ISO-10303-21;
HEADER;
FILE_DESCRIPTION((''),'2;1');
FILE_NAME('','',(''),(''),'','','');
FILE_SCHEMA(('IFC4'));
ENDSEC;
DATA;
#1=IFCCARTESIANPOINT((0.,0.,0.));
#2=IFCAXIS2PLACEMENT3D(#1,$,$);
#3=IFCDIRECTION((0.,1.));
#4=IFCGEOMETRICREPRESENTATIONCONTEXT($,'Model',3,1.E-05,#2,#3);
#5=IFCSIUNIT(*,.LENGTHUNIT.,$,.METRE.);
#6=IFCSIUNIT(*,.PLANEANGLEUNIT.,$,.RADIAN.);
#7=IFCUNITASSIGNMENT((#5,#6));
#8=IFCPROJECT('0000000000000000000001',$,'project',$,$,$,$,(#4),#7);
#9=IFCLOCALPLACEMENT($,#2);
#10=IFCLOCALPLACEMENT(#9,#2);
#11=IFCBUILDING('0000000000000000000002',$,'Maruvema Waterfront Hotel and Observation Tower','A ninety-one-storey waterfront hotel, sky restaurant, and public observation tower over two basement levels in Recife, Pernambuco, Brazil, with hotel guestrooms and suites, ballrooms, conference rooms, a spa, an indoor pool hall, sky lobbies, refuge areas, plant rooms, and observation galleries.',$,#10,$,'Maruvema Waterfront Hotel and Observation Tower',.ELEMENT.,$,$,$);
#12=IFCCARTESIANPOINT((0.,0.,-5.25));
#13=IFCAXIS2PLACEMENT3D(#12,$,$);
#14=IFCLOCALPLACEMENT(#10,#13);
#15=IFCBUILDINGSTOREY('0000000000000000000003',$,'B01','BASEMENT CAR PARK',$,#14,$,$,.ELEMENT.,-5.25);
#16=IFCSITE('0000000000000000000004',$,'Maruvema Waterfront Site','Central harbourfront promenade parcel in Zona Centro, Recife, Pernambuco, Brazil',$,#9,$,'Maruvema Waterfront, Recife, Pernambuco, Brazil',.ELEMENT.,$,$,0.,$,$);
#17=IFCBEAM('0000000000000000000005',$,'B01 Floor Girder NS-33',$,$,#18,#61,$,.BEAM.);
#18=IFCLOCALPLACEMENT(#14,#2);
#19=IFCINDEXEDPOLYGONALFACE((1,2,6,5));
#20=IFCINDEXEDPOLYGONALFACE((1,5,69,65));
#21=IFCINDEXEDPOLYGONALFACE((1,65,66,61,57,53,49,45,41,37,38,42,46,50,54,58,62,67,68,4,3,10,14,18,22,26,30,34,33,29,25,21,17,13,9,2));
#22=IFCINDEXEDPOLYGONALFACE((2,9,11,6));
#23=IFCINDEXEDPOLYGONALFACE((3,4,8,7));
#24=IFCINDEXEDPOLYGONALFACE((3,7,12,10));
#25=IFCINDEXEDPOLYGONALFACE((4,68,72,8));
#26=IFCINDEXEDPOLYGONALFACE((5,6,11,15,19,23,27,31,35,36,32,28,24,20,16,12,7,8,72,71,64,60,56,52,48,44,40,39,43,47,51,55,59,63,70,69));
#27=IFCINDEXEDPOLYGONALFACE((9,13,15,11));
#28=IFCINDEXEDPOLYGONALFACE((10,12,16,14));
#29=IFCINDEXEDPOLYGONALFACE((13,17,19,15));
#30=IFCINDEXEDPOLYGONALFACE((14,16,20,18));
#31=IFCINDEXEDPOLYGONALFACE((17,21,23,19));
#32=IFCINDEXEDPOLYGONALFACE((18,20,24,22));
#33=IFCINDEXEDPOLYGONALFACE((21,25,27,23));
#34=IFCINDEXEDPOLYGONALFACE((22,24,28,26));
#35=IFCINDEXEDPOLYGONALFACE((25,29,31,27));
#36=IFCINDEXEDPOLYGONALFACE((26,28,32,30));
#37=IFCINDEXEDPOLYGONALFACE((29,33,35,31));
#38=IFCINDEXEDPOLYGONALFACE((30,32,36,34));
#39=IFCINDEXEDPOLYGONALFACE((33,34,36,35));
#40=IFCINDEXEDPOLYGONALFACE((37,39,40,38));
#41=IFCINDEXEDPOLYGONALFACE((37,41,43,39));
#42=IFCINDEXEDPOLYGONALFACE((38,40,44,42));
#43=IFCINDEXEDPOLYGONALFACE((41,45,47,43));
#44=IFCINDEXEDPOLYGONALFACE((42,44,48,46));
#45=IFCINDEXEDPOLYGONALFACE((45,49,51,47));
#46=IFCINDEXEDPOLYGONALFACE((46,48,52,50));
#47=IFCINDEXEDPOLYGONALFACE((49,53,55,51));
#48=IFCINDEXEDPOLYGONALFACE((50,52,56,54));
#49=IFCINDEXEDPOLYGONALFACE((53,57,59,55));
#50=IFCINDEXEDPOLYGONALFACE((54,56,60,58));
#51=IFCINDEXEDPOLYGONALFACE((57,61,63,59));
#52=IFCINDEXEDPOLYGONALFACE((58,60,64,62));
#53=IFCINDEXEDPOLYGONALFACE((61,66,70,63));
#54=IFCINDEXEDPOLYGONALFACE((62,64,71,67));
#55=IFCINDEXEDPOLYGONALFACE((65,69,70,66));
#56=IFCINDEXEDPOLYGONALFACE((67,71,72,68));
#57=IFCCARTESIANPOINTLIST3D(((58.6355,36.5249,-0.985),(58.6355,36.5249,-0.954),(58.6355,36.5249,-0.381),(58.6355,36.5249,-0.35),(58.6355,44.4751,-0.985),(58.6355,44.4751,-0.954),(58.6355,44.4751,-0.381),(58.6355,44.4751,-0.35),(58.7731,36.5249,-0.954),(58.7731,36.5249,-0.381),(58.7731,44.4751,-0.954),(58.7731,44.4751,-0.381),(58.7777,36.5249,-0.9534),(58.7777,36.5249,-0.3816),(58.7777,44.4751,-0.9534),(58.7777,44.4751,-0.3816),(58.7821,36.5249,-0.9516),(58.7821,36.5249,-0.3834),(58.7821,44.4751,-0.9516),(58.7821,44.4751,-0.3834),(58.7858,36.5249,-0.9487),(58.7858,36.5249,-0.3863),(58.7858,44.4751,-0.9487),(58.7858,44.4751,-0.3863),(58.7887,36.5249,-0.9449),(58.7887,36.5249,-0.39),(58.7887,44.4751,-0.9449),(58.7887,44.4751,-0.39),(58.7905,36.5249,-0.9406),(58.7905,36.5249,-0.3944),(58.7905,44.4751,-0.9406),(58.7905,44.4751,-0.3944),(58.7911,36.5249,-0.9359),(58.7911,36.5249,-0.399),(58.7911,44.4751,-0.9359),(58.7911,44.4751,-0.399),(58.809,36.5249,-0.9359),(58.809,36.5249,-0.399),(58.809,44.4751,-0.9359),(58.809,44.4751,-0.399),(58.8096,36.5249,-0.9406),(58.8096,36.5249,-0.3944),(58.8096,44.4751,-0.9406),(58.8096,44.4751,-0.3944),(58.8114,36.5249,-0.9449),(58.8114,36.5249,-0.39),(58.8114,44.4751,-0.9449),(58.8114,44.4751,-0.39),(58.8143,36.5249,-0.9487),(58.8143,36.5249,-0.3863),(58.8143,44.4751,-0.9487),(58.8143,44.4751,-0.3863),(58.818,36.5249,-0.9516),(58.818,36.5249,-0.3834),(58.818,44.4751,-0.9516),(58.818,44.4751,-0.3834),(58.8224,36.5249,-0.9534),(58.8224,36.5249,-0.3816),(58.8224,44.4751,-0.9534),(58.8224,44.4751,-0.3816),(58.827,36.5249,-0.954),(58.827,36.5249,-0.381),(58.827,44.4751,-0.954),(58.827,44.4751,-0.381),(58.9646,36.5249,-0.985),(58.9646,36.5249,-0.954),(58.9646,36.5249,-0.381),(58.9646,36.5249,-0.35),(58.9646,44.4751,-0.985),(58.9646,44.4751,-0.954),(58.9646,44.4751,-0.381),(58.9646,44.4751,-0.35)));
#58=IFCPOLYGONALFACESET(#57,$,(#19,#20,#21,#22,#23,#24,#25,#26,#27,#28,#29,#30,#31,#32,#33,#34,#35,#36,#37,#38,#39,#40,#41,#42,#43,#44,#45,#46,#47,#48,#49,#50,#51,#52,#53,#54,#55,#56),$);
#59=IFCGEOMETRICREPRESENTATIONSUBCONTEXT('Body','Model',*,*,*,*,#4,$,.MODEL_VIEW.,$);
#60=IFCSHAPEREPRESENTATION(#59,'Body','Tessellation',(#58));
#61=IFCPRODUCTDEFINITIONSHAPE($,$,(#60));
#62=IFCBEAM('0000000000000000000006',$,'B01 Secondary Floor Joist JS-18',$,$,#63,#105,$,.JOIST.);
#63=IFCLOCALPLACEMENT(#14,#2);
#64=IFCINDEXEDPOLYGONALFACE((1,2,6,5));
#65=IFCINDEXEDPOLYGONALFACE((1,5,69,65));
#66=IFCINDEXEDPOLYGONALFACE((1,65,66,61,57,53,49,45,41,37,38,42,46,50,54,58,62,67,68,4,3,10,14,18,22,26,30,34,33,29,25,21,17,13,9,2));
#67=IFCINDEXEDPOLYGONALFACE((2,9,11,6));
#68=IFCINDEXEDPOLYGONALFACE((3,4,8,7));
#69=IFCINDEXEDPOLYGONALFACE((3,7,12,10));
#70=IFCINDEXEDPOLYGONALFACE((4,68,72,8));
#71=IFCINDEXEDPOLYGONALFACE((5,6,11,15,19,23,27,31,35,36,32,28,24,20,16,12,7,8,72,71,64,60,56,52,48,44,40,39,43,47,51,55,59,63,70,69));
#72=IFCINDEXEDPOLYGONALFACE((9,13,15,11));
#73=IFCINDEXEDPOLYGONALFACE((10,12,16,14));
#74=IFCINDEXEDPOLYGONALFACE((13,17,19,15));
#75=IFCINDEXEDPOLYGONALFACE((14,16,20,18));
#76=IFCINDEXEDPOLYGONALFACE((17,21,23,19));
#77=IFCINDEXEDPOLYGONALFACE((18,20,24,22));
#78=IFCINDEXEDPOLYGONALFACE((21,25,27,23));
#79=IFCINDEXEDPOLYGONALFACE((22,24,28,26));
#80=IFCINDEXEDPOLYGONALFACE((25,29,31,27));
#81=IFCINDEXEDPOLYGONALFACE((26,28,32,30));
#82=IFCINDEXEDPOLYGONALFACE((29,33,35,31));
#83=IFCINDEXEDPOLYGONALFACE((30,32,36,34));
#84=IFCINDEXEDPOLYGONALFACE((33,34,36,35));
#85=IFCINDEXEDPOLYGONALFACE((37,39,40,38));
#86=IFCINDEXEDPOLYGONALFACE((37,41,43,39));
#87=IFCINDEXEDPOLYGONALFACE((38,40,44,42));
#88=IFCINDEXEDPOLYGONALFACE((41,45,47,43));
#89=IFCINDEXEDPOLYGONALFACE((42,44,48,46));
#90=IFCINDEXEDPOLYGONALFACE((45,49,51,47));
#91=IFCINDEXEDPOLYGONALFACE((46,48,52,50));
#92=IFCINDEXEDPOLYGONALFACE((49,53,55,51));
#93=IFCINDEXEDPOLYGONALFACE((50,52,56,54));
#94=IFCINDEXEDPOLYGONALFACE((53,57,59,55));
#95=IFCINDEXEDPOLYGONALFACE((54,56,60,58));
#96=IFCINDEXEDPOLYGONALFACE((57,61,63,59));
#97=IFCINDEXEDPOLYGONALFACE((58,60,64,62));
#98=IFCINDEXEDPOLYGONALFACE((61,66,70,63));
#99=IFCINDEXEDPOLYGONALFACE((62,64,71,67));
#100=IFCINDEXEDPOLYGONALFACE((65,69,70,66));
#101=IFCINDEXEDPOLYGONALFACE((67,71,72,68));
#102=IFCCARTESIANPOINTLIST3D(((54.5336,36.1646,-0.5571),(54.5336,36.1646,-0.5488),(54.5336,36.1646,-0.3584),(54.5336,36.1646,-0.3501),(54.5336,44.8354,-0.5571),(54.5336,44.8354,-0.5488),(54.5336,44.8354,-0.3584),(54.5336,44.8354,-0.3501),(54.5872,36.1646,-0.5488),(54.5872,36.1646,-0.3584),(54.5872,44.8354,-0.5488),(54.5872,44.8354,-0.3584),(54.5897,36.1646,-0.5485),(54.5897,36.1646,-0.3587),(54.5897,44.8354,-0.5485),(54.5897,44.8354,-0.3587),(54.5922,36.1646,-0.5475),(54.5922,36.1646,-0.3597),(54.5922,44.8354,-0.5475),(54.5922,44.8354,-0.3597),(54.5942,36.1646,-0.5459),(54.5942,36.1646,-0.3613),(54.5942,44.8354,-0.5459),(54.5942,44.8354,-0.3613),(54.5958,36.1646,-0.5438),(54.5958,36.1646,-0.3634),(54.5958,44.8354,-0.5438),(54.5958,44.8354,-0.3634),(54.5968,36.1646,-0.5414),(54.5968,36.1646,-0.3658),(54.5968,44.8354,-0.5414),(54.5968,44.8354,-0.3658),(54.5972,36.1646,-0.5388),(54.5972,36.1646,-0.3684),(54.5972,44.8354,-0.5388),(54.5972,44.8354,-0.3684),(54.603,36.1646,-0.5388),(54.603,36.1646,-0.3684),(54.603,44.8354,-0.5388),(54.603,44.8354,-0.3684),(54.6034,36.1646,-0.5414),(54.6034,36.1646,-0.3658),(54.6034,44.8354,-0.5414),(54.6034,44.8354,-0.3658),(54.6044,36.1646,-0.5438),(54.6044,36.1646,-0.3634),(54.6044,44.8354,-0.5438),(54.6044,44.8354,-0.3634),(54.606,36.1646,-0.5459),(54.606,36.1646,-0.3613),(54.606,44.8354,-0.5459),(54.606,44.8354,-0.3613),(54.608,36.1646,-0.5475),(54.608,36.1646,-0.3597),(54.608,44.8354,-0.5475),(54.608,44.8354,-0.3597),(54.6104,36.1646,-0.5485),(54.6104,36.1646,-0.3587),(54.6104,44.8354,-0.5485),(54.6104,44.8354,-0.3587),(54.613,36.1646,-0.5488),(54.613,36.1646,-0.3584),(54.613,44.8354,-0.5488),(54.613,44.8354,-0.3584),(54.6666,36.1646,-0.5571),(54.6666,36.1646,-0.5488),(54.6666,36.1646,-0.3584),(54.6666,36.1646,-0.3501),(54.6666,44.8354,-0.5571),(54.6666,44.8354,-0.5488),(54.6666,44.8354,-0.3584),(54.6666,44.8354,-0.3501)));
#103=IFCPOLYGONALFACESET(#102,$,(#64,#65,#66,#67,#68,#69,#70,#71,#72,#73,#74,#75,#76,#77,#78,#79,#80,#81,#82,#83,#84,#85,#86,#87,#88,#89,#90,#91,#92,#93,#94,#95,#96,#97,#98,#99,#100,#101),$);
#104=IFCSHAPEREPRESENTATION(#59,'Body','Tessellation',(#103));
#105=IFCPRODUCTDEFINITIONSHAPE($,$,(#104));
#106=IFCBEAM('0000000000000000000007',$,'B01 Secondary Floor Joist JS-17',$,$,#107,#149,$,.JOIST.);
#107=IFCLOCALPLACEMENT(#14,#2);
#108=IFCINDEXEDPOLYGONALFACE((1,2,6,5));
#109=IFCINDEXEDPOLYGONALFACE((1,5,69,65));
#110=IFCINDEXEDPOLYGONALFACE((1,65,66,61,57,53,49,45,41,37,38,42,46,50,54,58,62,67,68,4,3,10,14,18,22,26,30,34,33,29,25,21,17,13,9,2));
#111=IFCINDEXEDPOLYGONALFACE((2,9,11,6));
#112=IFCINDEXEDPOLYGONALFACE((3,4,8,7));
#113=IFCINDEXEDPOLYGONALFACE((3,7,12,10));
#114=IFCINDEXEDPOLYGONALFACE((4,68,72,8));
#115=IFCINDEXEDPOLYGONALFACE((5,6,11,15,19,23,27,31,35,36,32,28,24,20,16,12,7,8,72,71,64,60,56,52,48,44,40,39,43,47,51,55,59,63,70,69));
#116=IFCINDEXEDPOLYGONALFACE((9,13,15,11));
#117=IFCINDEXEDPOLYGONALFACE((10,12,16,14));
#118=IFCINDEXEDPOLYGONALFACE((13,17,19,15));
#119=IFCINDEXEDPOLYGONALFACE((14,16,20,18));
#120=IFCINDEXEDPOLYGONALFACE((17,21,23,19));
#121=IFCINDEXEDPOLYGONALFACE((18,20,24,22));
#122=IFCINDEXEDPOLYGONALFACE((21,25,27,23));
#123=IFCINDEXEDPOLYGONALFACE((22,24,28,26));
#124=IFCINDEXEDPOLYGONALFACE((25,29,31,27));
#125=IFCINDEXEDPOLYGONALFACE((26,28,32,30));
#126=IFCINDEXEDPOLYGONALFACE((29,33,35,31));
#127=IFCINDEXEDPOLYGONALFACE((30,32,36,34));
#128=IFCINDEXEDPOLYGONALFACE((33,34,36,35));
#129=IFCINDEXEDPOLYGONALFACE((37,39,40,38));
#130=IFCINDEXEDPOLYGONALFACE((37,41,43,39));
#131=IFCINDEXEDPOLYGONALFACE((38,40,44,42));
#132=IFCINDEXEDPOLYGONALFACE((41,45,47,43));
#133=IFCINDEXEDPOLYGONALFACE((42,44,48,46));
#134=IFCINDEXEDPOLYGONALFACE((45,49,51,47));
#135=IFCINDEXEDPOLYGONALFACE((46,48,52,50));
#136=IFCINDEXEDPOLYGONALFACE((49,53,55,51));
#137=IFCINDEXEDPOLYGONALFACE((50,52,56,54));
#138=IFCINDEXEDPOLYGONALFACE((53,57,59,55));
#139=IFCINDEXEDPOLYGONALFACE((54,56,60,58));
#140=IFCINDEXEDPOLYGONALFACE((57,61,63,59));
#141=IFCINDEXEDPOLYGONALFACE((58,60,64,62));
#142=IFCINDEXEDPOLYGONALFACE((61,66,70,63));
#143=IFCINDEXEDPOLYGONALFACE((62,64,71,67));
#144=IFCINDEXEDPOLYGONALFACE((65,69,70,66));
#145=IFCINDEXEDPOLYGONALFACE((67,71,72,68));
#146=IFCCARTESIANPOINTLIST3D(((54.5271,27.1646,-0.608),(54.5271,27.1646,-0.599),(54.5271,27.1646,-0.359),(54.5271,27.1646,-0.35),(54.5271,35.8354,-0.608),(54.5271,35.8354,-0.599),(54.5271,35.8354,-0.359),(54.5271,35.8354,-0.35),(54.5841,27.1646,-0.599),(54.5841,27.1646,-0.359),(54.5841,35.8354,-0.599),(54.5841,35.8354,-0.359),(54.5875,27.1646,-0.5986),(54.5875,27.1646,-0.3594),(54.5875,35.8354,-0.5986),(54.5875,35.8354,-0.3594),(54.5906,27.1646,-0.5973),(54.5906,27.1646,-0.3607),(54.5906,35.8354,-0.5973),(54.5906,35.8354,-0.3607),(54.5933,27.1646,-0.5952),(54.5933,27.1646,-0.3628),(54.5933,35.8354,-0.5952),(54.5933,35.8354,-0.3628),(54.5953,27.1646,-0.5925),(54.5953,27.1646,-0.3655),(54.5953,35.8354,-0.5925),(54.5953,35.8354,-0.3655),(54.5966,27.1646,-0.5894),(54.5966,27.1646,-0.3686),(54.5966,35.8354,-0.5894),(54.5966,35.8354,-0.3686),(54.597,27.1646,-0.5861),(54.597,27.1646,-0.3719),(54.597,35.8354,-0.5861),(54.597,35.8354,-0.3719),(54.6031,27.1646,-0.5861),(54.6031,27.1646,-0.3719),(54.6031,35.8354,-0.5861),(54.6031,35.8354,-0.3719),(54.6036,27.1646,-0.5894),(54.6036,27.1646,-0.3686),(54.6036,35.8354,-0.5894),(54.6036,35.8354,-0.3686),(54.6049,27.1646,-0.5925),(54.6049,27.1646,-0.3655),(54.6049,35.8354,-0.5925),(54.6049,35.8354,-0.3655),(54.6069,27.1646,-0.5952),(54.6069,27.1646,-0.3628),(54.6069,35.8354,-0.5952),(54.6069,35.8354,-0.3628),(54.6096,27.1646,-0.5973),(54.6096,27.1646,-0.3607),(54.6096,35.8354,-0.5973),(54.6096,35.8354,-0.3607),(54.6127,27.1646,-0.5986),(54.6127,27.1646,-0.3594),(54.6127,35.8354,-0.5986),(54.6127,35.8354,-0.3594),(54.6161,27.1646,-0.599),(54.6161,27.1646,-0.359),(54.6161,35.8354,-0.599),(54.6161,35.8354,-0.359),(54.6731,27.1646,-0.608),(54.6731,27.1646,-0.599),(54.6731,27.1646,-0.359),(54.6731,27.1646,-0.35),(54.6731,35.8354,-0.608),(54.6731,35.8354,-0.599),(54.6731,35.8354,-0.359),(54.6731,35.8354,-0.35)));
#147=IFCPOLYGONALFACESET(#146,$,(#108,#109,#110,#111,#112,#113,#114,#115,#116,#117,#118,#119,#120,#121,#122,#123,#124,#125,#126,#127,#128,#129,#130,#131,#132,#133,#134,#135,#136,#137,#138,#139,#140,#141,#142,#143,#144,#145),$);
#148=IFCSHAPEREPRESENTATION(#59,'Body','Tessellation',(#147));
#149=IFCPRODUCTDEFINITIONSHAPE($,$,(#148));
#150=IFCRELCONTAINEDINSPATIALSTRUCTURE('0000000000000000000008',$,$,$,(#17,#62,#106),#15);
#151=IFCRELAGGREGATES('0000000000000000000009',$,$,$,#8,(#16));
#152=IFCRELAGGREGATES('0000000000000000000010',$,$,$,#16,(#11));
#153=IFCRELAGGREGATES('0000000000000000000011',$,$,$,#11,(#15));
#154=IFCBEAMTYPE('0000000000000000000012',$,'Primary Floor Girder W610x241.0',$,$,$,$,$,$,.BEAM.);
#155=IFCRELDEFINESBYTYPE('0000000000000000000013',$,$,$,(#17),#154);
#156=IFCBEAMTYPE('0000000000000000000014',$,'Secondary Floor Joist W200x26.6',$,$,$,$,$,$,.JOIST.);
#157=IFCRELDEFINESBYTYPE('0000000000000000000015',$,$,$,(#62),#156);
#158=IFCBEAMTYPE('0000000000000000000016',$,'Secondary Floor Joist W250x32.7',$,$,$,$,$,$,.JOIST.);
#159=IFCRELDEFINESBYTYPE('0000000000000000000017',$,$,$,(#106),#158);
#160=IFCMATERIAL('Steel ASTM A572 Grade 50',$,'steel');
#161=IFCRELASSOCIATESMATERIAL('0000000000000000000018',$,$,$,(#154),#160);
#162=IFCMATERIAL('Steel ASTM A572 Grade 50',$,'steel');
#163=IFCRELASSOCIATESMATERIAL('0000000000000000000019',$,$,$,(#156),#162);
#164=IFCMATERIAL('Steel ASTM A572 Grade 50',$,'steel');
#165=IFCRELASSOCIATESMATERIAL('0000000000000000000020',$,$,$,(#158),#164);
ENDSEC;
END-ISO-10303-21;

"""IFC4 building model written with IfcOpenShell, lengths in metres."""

from ifc_helpers import new_model, si_unit, direction, frame, origin, origin_2d, place, context, subcontext, project, spatial, i_section, extrude, material, material_profile, profile_set, type_object, element, save


model = new_model("IFC4")

# Units and contexts
model_context = context("Model", 3, precision=1e-05, world=origin(), true_north=direction((0.0, 1.0)))
body_context = subcontext(model_context, "Body", "Model", "MODEL_VIEW")
ifc_project = project(units=[si_unit("LENGTHUNIT", "METRE"), si_unit("PLANEANGLEUNIT", "RADIAN")], contexts=[model_context])

# Site, building, storey
site_placement = place(None, origin())
site = spatial("IfcSite", under=ifc_project, at=site_placement, Name="Maruvema Waterfront Site", Description="Central harbourfront promenade parcel in Zona Centro, Recife, Pernambuco, Brazil", LongName="Maruvema Waterfront, Recife, Pernambuco, Brazil", CompositionType="ELEMENT", RefElevation=0.0)
building_placement = place(site_placement, origin())
building = spatial("IfcBuilding", under=site, at=building_placement, Name="Maruvema Waterfront Hotel and Observation Tower", Description="A ninety-one-storey waterfront hotel, sky restaurant, and public observation tower over two basement levels in Recife, Pernambuco, Brazil, with hotel guestrooms and suites, ballrooms, conference rooms, a spa, an indoor pool hall, sky lobbies, refuge areas, plant rooms, and observation galleries.", LongName="Maruvema Waterfront Hotel and Observation Tower", CompositionType="ELEMENT")
storey_placement = place(building_placement, frame((0.0, 0.0, -5.25)))
storey = spatial("IfcBuildingStorey", under=building, at=storey_placement, Name="B01", Description="BASEMENT CAR PARK", CompositionType="ELEMENT", Elevation=-5.25)

# Beams
ifc_material_1 = material(Name="Steel ASTM A572 Grade 50", Category="steel")
ifc_material_profile_1 = material_profile(ifc_material_1, i_section(OverallWidth=0.3291, OverallDepth=0.635, WebThickness=0.0178, FlangeThickness=0.031, FilletRadius=0.0181, at=origin_2d()), Name="W610x241.0")
ifc_profile_set_1 = profile_set([ifc_material_profile_1], Name="Steel ASTM A572 Grade 50")
beam_type_1 = type_object("IfcBeamType", Name="Primary Floor Girder W610x241.0", PredefinedType="BEAM", material=ifc_profile_set_1)
for number, where, z_axis, x_axis, name in (
    (1, (58.8, 36.5249, -0.6675), (0.0, 1.0, 0.0), (-1.0, 0.0, 0.0), "B01 Floor Girder NS-33"),
):
    element("IfcBeam", number, at=place(storey_placement, frame(where, z_axis=z_axis, x_axis=x_axis)), inside=storey, type_object=beam_type_1, Name=name, PredefinedType="BEAM", context=body_context, shape_type="SweptSolid", body=[
        extrude(i_section(OverallWidth=0.3291, OverallDepth=0.635, WebThickness=0.0178, FlangeThickness=0.031, FilletRadius=0.0181, at=origin_2d()), origin(), (0.0, 0.0, 1.0), 7.9502),
    ])
ifc_material_2 = material(Name="Steel ASTM A572 Grade 50", Category="steel")
ifc_material_profile_2 = material_profile(ifc_material_2, i_section(OverallWidth=0.1331, OverallDepth=0.207, WebThickness=0.0059, FlangeThickness=0.0083, FilletRadius=0.01, at=origin_2d()), Name="W200x26.6")
ifc_profile_set_2 = profile_set([ifc_material_profile_2], Name="Steel ASTM A572 Grade 50")
beam_type_2 = type_object("IfcBeamType", Name="Secondary Floor Joist W200x26.6", PredefinedType="JOIST", material=ifc_profile_set_2)
beam_1_placement = place(storey_placement, frame((54.6001, 36.1646, -0.4536), z_axis=(0.0, 1.0, 0.0), x_axis=(-1.0, 0.0, 0.0)))
element("IfcBeam", 2, at=beam_1_placement, inside=storey, type_object=beam_type_2, Name="B01 Secondary Floor Joist JS-18", PredefinedType="JOIST", context=body_context, shape_type="SweptSolid", body=[
    extrude(i_section(OverallWidth=0.1331, OverallDepth=0.207, WebThickness=0.0059, FlangeThickness=0.0083, FilletRadius=0.01, at=origin_2d()), origin(), (0.0, 0.0, 1.0), 8.6709),
])
ifc_material_3 = material(Name="Steel ASTM A572 Grade 50", Category="steel")
ifc_material_profile_3 = material_profile(ifc_material_3, i_section(OverallWidth=0.146, OverallDepth=0.2581, WebThickness=0.0061, FlangeThickness=0.009, FilletRadius=0.0129, at=origin_2d()), Name="W250x32.7")
ifc_profile_set_3 = profile_set([ifc_material_profile_3], Name="Steel ASTM A572 Grade 50")
beam_type_3 = type_object("IfcBeamType", Name="Secondary Floor Joist W250x32.7", PredefinedType="JOIST", material=ifc_profile_set_3)
beam_2_placement = place(storey_placement, frame((54.6001, 27.1646, -0.479), z_axis=(0.0, 1.0, 0.0), x_axis=(-1.0, 0.0, 0.0)))
element("IfcBeam", 3, at=beam_2_placement, inside=storey, type_object=beam_type_3, Name="B01 Secondary Floor Joist JS-17", PredefinedType="JOIST", context=body_context, shape_type="SweptSolid", body=[
    extrude(i_section(OverallWidth=0.146, OverallDepth=0.2581, WebThickness=0.0061, FlangeThickness=0.009, FilletRadius=0.0129, at=origin_2d()), origin(), (0.0, 0.0, 1.0), 8.6709),
])

save(model, "model.ifc")
